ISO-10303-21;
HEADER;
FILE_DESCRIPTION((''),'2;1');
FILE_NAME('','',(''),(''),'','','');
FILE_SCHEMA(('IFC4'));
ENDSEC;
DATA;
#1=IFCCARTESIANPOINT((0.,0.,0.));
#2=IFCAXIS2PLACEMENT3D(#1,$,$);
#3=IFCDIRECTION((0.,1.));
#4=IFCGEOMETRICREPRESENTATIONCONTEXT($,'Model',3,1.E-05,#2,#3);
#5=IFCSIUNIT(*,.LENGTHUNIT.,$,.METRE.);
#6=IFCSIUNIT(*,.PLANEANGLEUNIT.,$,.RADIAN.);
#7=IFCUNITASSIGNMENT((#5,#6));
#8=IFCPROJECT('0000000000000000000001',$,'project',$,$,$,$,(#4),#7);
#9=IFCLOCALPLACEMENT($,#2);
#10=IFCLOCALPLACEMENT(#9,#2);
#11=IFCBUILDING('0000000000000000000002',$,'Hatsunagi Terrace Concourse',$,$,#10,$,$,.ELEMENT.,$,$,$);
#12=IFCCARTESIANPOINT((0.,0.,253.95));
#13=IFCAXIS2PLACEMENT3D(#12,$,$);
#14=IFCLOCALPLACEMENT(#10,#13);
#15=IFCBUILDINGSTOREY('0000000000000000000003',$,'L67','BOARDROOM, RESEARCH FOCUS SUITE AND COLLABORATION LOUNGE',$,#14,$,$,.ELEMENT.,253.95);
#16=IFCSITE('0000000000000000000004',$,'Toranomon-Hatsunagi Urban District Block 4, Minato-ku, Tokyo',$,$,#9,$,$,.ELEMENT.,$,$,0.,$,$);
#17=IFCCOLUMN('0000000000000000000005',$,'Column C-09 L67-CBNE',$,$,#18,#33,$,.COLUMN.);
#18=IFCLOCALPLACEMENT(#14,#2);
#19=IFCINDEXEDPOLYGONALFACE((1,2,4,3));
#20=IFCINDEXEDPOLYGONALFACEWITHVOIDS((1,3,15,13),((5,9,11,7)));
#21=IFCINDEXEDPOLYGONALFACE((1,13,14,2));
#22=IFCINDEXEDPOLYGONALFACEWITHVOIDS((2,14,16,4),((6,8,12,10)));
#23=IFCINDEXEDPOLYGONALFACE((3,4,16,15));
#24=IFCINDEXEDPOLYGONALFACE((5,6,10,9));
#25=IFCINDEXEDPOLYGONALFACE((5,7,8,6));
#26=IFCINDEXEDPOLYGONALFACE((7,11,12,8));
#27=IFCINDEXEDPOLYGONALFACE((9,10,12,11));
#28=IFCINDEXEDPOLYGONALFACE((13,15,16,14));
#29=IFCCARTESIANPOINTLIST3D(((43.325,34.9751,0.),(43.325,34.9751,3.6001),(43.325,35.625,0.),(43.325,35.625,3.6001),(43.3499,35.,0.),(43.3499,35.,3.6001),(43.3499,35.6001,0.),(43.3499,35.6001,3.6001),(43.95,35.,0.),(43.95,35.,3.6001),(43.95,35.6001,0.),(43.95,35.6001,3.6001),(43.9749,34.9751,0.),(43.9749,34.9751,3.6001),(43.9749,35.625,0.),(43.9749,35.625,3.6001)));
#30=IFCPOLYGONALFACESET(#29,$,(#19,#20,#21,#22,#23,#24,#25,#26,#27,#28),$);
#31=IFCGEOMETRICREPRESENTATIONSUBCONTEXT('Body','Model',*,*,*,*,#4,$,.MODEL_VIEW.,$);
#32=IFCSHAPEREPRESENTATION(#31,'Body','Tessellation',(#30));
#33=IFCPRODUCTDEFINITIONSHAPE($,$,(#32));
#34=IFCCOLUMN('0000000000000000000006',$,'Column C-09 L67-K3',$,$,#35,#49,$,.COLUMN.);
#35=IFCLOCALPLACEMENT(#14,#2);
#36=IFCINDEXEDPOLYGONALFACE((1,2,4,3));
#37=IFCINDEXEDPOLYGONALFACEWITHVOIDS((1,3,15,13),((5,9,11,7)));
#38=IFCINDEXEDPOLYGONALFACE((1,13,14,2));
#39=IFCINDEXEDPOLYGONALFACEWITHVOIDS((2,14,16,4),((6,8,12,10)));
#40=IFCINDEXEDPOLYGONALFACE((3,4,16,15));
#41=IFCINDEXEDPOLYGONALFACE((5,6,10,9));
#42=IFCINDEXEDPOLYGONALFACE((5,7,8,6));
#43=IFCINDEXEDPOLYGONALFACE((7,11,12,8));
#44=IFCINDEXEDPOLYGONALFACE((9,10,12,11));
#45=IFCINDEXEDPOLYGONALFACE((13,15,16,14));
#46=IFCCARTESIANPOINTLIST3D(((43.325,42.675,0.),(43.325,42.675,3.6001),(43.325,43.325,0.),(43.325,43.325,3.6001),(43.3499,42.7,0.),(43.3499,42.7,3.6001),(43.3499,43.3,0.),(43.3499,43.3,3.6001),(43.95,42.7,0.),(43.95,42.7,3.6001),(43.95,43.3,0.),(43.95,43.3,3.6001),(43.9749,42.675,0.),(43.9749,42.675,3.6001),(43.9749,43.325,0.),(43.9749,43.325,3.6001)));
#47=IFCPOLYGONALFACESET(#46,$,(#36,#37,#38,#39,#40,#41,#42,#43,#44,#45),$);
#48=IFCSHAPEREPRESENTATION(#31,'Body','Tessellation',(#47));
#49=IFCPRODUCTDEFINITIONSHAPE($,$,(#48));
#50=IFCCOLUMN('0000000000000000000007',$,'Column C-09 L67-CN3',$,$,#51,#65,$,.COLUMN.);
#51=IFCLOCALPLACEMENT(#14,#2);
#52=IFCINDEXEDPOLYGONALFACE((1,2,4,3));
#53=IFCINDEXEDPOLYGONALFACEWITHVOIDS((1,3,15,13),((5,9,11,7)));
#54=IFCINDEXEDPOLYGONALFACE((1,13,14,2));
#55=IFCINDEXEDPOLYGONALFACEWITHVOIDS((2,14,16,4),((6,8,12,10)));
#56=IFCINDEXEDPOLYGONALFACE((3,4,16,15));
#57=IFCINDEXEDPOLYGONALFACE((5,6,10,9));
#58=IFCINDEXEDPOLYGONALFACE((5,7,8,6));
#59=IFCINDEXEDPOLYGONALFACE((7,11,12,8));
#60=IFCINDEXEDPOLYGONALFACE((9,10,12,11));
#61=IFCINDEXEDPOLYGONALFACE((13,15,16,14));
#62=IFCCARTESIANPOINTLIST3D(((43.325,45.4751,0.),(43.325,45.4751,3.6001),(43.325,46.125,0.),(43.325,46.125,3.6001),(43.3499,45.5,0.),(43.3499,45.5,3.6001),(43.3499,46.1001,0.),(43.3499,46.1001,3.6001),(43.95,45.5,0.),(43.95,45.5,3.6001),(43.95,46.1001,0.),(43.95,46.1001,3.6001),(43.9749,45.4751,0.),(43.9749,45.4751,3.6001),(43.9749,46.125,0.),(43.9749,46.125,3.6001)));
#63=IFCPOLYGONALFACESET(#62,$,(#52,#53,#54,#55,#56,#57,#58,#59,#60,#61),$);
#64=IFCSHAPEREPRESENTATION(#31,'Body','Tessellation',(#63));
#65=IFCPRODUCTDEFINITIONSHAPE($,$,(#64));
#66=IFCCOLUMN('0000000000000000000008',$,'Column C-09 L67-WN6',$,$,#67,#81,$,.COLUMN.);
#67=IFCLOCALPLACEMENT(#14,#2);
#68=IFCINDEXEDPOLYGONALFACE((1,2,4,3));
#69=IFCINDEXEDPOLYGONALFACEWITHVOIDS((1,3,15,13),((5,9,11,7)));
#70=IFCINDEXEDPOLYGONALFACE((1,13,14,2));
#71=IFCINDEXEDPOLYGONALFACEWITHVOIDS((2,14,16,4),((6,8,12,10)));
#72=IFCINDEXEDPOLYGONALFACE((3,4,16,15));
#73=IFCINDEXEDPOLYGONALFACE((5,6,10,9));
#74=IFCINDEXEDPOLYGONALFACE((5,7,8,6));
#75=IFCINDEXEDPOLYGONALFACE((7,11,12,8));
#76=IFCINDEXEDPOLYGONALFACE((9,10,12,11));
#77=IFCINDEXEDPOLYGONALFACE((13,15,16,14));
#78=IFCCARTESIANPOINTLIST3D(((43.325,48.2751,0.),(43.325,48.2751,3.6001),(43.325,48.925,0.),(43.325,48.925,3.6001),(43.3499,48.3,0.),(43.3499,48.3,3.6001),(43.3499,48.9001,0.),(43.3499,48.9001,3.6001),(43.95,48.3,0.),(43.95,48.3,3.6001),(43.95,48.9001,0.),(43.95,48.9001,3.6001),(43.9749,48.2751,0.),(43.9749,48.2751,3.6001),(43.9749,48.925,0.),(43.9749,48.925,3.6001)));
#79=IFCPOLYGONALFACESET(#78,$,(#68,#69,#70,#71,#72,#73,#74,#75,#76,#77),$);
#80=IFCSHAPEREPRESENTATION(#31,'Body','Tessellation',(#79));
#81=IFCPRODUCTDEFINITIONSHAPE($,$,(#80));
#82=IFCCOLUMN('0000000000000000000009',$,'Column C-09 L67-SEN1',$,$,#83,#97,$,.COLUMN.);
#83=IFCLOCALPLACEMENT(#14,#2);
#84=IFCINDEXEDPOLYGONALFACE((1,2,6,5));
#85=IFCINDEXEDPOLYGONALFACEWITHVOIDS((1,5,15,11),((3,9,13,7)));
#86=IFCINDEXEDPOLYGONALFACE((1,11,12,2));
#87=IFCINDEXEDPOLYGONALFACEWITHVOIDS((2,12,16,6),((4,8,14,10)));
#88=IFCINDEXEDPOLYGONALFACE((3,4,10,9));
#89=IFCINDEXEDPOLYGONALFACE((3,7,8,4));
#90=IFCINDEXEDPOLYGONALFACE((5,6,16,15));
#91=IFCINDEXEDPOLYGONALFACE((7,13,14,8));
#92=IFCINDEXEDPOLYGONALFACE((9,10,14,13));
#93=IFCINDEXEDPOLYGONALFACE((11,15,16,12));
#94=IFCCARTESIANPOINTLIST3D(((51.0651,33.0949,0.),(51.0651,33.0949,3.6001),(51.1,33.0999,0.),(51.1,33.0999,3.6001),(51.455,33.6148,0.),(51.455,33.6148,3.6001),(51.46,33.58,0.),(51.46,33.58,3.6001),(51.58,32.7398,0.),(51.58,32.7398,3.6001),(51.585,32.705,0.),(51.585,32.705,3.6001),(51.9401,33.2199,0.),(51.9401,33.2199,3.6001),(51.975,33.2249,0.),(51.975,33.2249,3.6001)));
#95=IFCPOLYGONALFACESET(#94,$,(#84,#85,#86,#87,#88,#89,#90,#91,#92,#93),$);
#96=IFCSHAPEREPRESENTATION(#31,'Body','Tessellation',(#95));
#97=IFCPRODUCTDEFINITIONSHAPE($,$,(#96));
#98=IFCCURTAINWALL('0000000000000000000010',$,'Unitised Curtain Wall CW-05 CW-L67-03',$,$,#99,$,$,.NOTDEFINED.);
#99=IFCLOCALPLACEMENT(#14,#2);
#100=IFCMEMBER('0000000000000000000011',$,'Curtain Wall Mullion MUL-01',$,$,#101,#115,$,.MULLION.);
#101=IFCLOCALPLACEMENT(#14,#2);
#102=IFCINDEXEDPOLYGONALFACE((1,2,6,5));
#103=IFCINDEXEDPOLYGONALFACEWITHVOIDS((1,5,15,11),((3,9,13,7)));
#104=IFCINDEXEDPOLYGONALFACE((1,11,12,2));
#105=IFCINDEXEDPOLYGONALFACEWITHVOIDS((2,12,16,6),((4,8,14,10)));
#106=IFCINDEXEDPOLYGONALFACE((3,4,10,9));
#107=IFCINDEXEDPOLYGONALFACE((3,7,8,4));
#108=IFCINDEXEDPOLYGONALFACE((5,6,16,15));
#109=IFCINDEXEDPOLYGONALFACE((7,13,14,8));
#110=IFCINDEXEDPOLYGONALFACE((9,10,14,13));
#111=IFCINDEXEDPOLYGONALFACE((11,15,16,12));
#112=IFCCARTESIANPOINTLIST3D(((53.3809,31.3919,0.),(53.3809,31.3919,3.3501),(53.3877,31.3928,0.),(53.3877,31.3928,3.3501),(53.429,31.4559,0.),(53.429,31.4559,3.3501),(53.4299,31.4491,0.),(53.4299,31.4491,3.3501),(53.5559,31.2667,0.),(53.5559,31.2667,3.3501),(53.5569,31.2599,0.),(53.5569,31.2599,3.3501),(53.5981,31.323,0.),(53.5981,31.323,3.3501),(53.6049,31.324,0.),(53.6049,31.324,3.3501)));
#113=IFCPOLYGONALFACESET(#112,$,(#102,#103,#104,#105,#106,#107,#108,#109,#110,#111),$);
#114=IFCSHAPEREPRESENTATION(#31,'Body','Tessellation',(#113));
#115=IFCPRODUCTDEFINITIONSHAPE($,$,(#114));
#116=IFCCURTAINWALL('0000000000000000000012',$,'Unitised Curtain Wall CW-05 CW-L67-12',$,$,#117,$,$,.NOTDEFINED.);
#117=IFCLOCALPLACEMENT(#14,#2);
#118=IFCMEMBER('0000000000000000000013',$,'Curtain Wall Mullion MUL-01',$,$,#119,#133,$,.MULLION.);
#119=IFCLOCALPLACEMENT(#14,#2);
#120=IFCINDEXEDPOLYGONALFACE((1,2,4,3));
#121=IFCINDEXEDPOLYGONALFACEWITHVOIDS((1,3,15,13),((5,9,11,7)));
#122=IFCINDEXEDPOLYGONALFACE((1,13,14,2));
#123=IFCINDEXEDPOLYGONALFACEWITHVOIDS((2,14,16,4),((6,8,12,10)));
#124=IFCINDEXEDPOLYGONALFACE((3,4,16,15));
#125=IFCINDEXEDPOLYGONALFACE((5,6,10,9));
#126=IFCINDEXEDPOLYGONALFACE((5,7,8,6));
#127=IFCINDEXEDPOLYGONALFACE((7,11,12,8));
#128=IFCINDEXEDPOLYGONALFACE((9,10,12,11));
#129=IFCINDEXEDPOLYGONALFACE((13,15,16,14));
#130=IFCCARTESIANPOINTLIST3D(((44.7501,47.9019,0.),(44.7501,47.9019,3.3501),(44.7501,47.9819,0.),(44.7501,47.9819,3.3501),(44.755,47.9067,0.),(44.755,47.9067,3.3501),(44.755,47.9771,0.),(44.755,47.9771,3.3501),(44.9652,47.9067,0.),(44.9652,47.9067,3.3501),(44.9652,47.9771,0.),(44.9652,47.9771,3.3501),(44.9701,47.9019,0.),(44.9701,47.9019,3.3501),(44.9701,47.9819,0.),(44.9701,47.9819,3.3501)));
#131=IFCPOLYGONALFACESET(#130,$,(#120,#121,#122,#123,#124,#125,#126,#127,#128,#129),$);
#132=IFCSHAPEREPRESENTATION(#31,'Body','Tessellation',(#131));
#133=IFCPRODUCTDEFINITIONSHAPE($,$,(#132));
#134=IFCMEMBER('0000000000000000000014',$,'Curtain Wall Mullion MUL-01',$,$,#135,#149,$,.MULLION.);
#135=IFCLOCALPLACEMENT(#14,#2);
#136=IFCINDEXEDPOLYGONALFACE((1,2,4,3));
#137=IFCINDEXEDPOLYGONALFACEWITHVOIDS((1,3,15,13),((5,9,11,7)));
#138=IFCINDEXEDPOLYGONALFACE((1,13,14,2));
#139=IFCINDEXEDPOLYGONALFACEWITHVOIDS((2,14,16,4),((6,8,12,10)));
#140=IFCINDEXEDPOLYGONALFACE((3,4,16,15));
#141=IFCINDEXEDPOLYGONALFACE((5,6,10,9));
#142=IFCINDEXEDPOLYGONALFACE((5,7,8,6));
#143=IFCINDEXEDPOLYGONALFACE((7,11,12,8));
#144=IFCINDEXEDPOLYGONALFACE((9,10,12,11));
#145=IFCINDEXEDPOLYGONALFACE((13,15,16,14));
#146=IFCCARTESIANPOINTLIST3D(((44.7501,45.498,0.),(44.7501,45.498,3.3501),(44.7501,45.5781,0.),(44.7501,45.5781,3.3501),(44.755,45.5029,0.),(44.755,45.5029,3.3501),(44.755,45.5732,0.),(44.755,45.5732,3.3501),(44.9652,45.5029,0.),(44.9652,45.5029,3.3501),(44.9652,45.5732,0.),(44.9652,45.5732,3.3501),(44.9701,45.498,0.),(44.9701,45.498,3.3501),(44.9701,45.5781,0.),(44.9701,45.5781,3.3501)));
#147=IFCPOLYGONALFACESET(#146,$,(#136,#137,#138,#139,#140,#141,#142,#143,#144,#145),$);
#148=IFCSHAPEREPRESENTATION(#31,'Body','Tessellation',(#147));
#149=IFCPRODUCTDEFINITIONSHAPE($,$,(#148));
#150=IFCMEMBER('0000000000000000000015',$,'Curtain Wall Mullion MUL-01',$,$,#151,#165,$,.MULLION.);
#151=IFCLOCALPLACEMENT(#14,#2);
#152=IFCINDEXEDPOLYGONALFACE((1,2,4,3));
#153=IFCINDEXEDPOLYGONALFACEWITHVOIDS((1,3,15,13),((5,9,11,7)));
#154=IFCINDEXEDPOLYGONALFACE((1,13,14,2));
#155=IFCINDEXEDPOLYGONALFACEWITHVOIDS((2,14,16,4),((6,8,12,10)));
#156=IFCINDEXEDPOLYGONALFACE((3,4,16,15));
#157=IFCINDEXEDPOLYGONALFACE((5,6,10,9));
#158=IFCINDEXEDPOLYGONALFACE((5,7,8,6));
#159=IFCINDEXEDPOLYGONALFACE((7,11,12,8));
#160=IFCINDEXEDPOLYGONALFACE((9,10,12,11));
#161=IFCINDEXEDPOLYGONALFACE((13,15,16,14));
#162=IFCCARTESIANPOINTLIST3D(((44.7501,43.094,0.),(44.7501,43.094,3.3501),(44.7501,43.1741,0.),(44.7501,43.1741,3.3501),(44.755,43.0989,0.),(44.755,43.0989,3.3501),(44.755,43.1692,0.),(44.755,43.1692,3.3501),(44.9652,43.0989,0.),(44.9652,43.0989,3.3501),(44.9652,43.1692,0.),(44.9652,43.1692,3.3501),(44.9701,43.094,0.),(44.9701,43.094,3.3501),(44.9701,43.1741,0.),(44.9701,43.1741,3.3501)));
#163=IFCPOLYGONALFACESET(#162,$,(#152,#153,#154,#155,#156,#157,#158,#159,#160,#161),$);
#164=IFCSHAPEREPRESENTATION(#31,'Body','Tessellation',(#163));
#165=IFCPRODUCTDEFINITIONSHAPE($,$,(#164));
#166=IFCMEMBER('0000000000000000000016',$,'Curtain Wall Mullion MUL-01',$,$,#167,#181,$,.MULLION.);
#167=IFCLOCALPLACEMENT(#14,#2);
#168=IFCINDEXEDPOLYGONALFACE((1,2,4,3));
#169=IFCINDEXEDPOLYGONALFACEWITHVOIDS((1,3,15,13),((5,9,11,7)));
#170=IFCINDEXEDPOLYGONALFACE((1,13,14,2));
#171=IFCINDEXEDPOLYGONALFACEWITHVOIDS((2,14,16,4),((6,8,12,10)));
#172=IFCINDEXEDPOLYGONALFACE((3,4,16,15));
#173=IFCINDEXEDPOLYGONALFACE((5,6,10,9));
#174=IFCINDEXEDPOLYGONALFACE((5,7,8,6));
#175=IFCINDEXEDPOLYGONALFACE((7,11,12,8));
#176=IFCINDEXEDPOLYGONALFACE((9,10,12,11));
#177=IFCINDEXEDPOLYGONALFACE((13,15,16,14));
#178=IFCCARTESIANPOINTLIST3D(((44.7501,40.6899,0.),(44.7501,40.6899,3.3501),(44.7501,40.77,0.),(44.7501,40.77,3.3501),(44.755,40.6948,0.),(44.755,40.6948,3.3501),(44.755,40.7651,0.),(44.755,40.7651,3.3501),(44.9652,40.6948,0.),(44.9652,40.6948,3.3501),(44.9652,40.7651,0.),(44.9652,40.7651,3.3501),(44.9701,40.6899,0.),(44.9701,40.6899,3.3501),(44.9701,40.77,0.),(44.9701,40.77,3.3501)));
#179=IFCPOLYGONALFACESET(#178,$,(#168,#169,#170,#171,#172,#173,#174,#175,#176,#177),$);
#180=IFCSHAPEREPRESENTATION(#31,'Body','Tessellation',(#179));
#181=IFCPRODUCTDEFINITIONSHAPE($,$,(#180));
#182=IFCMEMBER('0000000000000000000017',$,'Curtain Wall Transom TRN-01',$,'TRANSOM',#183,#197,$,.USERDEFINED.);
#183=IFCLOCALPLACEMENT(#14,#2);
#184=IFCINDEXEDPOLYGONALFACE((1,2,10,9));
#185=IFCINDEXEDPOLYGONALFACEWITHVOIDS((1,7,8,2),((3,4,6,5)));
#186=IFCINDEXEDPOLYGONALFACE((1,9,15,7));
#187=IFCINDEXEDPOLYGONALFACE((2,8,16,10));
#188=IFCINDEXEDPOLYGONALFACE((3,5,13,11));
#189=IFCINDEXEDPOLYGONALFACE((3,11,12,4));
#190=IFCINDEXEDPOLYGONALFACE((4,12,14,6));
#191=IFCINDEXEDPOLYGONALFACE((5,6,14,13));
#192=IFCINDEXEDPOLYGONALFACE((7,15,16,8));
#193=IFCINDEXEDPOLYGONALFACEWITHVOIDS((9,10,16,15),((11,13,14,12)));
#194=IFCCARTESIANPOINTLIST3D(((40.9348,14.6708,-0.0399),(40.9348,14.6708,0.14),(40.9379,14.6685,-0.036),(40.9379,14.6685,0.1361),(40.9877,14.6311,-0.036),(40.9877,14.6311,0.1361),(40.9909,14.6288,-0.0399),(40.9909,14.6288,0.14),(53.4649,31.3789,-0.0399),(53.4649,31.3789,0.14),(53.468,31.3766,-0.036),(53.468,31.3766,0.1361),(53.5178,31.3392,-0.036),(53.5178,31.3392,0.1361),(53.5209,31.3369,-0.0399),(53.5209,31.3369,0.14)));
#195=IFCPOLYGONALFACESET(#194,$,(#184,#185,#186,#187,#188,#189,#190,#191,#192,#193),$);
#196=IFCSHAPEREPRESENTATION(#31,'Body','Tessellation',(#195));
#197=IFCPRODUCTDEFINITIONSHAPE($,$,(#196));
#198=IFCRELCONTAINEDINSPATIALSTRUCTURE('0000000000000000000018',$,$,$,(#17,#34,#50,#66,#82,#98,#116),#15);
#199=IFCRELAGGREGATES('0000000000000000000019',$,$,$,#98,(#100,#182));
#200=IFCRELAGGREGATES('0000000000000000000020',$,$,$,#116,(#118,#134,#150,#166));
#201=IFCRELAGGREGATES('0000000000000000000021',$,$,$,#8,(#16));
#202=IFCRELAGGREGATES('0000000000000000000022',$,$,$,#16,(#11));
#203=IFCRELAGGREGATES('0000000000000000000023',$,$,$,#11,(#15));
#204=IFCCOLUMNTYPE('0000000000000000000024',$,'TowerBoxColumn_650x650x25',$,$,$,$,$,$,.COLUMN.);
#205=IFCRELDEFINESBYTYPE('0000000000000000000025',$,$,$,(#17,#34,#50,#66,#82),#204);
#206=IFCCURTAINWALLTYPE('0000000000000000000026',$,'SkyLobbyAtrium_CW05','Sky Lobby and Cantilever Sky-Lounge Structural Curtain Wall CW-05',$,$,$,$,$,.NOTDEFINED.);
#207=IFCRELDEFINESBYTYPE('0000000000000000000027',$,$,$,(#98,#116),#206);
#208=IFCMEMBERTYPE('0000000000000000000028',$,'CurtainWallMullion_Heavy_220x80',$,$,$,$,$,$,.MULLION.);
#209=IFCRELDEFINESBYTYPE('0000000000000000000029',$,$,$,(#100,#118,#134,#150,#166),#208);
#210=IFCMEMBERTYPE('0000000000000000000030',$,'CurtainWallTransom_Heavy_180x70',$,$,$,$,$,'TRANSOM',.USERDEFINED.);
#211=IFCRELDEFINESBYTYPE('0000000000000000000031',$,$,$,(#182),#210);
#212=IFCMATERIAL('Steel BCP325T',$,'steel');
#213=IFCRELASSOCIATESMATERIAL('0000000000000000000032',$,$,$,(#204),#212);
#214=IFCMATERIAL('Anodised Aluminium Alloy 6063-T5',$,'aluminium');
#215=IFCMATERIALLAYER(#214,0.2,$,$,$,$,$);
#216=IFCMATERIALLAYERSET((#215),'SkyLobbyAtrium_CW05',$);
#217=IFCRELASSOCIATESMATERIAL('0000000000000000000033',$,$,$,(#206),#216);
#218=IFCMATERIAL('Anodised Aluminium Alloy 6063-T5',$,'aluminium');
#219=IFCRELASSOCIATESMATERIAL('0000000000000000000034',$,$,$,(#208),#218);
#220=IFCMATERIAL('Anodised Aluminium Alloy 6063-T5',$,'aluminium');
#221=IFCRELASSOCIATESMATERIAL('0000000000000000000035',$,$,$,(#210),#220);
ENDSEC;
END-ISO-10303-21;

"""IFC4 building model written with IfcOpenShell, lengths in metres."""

from ifc_helpers import new_model, si_unit, direction, frame, origin, origin_2d, place, context, subcontext, project, spatial, hollow_rectangle, extrude, material, layer, layer_set, material_profile, profile_set, type_object, element, aggregate, save


model = new_model("IFC4")

# Units and contexts
model_context = context("Model", 3, precision=1e-05, world=origin(), true_north=direction((0.0, 1.0)))
body_context = subcontext(model_context, "Body", "Model", "MODEL_VIEW")
ifc_project = project(units=[si_unit("LENGTHUNIT", "METRE"), si_unit("PLANEANGLEUNIT", "RADIAN")], contexts=[model_context])

# Site, building, storey
site_placement = place(None, origin())
site = spatial("IfcSite", under=ifc_project, at=site_placement, Name="Toranomon-Hatsunagi Urban District Block 4, Minato-ku, Tokyo", CompositionType="ELEMENT", RefElevation=0.0)
building_placement = place(site_placement, origin())
building = spatial("IfcBuilding", under=site, at=building_placement, Name="Hatsunagi Terrace Concourse", CompositionType="ELEMENT")
storey_placement = place(building_placement, frame((0.0, 0.0, 253.95)))
storey = spatial("IfcBuildingStorey", under=building, at=storey_placement, Name="L67", Description="BOARDROOM, RESEARCH FOCUS SUITE AND COLLABORATION LOUNGE", CompositionType="ELEMENT", Elevation=253.95)

# Columns
ifc_material_1 = material(Name="Steel BCP325T", Category="steel")
ifc_material_profile_1 = material_profile(ifc_material_1, hollow_rectangle(XDim=0.6499, YDim=0.6499, WallThickness=0.0249, at=origin_2d()), Name="BCP-650x650x25")
ifc_profile_set_1 = profile_set([ifc_material_profile_1], Name="Steel BCP325T")
column_type = type_object("IfcColumnType", Name="TowerBoxColumn_650x650x25", PredefinedType="COLUMN", material=ifc_profile_set_1)
for number, where, z_axis, x_axis, name in (
    (1, (43.6499, 35.3, 0.0), (0.0, 0.0, 1.0), (1.0, 0.0, 0.0), "Column C-09 L67-CBNE"),
    (2, (43.6499, 43.0, 0.0), (0.0, 0.0, 1.0), (1.0, 0.0, 0.0), "Column C-09 L67-K3"),
    (3, (43.6499, 45.8, 0.0), (0.0, 0.0, 1.0), (1.0, 0.0, 0.0), "Column C-09 L67-CN3"),
    (4, (43.6499, 48.6001, 0.0), (0.0, 0.0, 1.0), (1.0, 0.0, 0.0), "Column C-09 L67-WN6"),
    (5, (51.52, 33.1599, 0.0), (0.0, 0.0, 1.0), (0.8, -0.6, 0.0), "Column C-09 L67-SEN1"),
):
    element("IfcColumn", number, at=place(storey_placement, frame(where, z_axis=z_axis, x_axis=x_axis)), inside=storey, type_object=column_type, Name=name, PredefinedType="COLUMN", context=body_context, shape_type="SweptSolid", body=[
        extrude(hollow_rectangle(XDim=0.6499, YDim=0.6499, WallThickness=0.0249, at=origin_2d()), origin(), (0.0, 0.0, 1.0), 3.6001),
    ])

# Curtain wall, member
ifc_material_2 = material(Name="Anodised Aluminium Alloy 6063-T5", Category="aluminium")
ifc_layer_1 = layer(ifc_material_2, 0.2)
ifc_layer_set_1 = layer_set([ifc_layer_1], Name="SkyLobbyAtrium_CW05")
curtain_wall_type = type_object("IfcCurtainWallType", Name="SkyLobbyAtrium_CW05", Description="Sky Lobby and Cantilever Sky-Lounge Structural Curtain Wall CW-05", PredefinedType="NOTDEFINED", material=ifc_layer_set_1)
curtain_wall_1_placement = place(storey_placement, origin())
curtain_wall_1 = element("IfcCurtainWall", 6, at=curtain_wall_1_placement, inside=storey, type_object=curtain_wall_type, Name="Unitised Curtain Wall CW-05 CW-L67-03", PredefinedType="NOTDEFINED")
ifc_material_3 = material(Name="Anodised Aluminium Alloy 6063-T5", Category="aluminium")
ifc_material_profile_2 = material_profile(ifc_material_3, hollow_rectangle(XDim=0.0801, YDim=0.22, WallThickness=0.0049, at=origin_2d()), Name="ALU-MUL-220x80x5")
ifc_profile_set_2 = profile_set([ifc_material_profile_2], Name="Anodised Aluminium Alloy 6063-T5")
member_type_1 = type_object("IfcMemberType", Name="CurtainWallMullion_Heavy_220x80", PredefinedType="MULLION", material=ifc_profile_set_2)
member_1_placement = place(storey_placement, frame((53.4929, 31.3579, 0.0), z_axis=(0.0, 0.0, 1.0), x_axis=(-0.599969, -0.800023, 0.0)))
member_1 = element("IfcMember", 7, at=member_1_placement, type_object=member_type_1, Name="Curtain Wall Mullion MUL-01", PredefinedType="MULLION", context=body_context, shape_type="SweptSolid", body=[
    extrude(hollow_rectangle(XDim=0.0801, YDim=0.22, WallThickness=0.0049, at=origin_2d()), origin(), (0.0, 0.0, 1.0), 3.3501),
])

# Curtain wall, members
curtain_wall_2_placement = place(storey_placement, origin())
curtain_wall_2 = element("IfcCurtainWall", 8, at=curtain_wall_2_placement, inside=storey, type_object=curtain_wall_type, Name="Unitised Curtain Wall CW-05 CW-L67-12", PredefinedType="NOTDEFINED")
member_2_placement = place(storey_placement, frame((44.8601, 47.9419, 0.0), z_axis=(0.0, 0.0, 1.0), x_axis=(0.0, -1.0, 0.0)))
member_2 = element("IfcMember", 9, at=member_2_placement, type_object=member_type_1, Name="Curtain Wall Mullion MUL-01", PredefinedType="MULLION", context=body_context, shape_type="SweptSolid", body=[
    extrude(hollow_rectangle(XDim=0.0801, YDim=0.22, WallThickness=0.0049, at=origin_2d()), origin(), (0.0, 0.0, 1.0), 3.3501),
])
member_3_placement = place(storey_placement, frame((44.8601, 45.5381, 0.0), z_axis=(0.0, 0.0, 1.0), x_axis=(0.0, -1.0, 0.0)))
member_3 = element("IfcMember", 10, at=member_3_placement, type_object=member_type_1, Name="Curtain Wall Mullion MUL-01", PredefinedType="MULLION", context=body_context, shape_type="SweptSolid", body=[
    extrude(hollow_rectangle(XDim=0.0801, YDim=0.22, WallThickness=0.0049, at=origin_2d()), origin(), (0.0, 0.0, 1.0), 3.3501),
])
member_4_placement = place(storey_placement, frame((44.8601, 43.134, 0.0), z_axis=(0.0, 0.0, 1.0), x_axis=(0.0, -1.0, 0.0)))
member_4 = element("IfcMember", 11, at=member_4_placement, type_object=member_type_1, Name="Curtain Wall Mullion MUL-01", PredefinedType="MULLION", context=body_context, shape_type="SweptSolid", body=[
    extrude(hollow_rectangle(XDim=0.0801, YDim=0.22, WallThickness=0.0049, at=origin_2d()), origin(), (0.0, 0.0, 1.0), 3.3501),
])
member_5_placement = place(storey_placement, frame((44.8601, 40.73, 0.0), z_axis=(0.0, 0.0, 1.0), x_axis=(0.0, -1.0, 0.0)))
member_5 = element("IfcMember", 12, at=member_5_placement, type_object=member_type_1, Name="Curtain Wall Mullion MUL-01", PredefinedType="MULLION", context=body_context, shape_type="SweptSolid", body=[
    extrude(hollow_rectangle(XDim=0.0801, YDim=0.22, WallThickness=0.0049, at=origin_2d()), origin(), (0.0, 0.0, 1.0), 3.3501),
])

# Member
ifc_material_4 = material(Name="Anodised Aluminium Alloy 6063-T5", Category="aluminium")
ifc_material_profile_3 = material_profile(ifc_material_4, hollow_rectangle(XDim=0.0701, YDim=0.1799, WallThickness=0.0039, at=origin_2d()), Name="ALU-TRN-180x70x4")
ifc_profile_set_3 = profile_set([ifc_material_profile_3], Name="Anodised Aluminium Alloy 6063-T5")
member_type_2 = type_object("IfcMemberType", Name="CurtainWallTransom_Heavy_180x70", ElementType="TRANSOM", PredefinedType="USERDEFINED", material=ifc_profile_set_3)
member_6_placement = place(storey_placement, frame((53.4929, 31.3579, 0.05), z_axis=(-0.59997, -0.800022, 0.0), x_axis=(0.800022, -0.59997, 0.0)))
member_6 = element("IfcMember", 13, at=member_6_placement, type_object=member_type_2, Name="Curtain Wall Transom TRN-01", ObjectType="TRANSOM", PredefinedType="USERDEFINED", context=body_context, shape_type="SweptSolid", body=[
    extrude(hollow_rectangle(XDim=0.0701, YDim=0.1799, WallThickness=0.0039, at=origin_2d()), origin(), (0.0, 0.0, 1.0), 20.8845),
])

aggregate(curtain_wall_1, [member_1, member_6])
aggregate(curtain_wall_2, [member_2, member_3, member_4, member_5])

save(model, "model.ifc")
